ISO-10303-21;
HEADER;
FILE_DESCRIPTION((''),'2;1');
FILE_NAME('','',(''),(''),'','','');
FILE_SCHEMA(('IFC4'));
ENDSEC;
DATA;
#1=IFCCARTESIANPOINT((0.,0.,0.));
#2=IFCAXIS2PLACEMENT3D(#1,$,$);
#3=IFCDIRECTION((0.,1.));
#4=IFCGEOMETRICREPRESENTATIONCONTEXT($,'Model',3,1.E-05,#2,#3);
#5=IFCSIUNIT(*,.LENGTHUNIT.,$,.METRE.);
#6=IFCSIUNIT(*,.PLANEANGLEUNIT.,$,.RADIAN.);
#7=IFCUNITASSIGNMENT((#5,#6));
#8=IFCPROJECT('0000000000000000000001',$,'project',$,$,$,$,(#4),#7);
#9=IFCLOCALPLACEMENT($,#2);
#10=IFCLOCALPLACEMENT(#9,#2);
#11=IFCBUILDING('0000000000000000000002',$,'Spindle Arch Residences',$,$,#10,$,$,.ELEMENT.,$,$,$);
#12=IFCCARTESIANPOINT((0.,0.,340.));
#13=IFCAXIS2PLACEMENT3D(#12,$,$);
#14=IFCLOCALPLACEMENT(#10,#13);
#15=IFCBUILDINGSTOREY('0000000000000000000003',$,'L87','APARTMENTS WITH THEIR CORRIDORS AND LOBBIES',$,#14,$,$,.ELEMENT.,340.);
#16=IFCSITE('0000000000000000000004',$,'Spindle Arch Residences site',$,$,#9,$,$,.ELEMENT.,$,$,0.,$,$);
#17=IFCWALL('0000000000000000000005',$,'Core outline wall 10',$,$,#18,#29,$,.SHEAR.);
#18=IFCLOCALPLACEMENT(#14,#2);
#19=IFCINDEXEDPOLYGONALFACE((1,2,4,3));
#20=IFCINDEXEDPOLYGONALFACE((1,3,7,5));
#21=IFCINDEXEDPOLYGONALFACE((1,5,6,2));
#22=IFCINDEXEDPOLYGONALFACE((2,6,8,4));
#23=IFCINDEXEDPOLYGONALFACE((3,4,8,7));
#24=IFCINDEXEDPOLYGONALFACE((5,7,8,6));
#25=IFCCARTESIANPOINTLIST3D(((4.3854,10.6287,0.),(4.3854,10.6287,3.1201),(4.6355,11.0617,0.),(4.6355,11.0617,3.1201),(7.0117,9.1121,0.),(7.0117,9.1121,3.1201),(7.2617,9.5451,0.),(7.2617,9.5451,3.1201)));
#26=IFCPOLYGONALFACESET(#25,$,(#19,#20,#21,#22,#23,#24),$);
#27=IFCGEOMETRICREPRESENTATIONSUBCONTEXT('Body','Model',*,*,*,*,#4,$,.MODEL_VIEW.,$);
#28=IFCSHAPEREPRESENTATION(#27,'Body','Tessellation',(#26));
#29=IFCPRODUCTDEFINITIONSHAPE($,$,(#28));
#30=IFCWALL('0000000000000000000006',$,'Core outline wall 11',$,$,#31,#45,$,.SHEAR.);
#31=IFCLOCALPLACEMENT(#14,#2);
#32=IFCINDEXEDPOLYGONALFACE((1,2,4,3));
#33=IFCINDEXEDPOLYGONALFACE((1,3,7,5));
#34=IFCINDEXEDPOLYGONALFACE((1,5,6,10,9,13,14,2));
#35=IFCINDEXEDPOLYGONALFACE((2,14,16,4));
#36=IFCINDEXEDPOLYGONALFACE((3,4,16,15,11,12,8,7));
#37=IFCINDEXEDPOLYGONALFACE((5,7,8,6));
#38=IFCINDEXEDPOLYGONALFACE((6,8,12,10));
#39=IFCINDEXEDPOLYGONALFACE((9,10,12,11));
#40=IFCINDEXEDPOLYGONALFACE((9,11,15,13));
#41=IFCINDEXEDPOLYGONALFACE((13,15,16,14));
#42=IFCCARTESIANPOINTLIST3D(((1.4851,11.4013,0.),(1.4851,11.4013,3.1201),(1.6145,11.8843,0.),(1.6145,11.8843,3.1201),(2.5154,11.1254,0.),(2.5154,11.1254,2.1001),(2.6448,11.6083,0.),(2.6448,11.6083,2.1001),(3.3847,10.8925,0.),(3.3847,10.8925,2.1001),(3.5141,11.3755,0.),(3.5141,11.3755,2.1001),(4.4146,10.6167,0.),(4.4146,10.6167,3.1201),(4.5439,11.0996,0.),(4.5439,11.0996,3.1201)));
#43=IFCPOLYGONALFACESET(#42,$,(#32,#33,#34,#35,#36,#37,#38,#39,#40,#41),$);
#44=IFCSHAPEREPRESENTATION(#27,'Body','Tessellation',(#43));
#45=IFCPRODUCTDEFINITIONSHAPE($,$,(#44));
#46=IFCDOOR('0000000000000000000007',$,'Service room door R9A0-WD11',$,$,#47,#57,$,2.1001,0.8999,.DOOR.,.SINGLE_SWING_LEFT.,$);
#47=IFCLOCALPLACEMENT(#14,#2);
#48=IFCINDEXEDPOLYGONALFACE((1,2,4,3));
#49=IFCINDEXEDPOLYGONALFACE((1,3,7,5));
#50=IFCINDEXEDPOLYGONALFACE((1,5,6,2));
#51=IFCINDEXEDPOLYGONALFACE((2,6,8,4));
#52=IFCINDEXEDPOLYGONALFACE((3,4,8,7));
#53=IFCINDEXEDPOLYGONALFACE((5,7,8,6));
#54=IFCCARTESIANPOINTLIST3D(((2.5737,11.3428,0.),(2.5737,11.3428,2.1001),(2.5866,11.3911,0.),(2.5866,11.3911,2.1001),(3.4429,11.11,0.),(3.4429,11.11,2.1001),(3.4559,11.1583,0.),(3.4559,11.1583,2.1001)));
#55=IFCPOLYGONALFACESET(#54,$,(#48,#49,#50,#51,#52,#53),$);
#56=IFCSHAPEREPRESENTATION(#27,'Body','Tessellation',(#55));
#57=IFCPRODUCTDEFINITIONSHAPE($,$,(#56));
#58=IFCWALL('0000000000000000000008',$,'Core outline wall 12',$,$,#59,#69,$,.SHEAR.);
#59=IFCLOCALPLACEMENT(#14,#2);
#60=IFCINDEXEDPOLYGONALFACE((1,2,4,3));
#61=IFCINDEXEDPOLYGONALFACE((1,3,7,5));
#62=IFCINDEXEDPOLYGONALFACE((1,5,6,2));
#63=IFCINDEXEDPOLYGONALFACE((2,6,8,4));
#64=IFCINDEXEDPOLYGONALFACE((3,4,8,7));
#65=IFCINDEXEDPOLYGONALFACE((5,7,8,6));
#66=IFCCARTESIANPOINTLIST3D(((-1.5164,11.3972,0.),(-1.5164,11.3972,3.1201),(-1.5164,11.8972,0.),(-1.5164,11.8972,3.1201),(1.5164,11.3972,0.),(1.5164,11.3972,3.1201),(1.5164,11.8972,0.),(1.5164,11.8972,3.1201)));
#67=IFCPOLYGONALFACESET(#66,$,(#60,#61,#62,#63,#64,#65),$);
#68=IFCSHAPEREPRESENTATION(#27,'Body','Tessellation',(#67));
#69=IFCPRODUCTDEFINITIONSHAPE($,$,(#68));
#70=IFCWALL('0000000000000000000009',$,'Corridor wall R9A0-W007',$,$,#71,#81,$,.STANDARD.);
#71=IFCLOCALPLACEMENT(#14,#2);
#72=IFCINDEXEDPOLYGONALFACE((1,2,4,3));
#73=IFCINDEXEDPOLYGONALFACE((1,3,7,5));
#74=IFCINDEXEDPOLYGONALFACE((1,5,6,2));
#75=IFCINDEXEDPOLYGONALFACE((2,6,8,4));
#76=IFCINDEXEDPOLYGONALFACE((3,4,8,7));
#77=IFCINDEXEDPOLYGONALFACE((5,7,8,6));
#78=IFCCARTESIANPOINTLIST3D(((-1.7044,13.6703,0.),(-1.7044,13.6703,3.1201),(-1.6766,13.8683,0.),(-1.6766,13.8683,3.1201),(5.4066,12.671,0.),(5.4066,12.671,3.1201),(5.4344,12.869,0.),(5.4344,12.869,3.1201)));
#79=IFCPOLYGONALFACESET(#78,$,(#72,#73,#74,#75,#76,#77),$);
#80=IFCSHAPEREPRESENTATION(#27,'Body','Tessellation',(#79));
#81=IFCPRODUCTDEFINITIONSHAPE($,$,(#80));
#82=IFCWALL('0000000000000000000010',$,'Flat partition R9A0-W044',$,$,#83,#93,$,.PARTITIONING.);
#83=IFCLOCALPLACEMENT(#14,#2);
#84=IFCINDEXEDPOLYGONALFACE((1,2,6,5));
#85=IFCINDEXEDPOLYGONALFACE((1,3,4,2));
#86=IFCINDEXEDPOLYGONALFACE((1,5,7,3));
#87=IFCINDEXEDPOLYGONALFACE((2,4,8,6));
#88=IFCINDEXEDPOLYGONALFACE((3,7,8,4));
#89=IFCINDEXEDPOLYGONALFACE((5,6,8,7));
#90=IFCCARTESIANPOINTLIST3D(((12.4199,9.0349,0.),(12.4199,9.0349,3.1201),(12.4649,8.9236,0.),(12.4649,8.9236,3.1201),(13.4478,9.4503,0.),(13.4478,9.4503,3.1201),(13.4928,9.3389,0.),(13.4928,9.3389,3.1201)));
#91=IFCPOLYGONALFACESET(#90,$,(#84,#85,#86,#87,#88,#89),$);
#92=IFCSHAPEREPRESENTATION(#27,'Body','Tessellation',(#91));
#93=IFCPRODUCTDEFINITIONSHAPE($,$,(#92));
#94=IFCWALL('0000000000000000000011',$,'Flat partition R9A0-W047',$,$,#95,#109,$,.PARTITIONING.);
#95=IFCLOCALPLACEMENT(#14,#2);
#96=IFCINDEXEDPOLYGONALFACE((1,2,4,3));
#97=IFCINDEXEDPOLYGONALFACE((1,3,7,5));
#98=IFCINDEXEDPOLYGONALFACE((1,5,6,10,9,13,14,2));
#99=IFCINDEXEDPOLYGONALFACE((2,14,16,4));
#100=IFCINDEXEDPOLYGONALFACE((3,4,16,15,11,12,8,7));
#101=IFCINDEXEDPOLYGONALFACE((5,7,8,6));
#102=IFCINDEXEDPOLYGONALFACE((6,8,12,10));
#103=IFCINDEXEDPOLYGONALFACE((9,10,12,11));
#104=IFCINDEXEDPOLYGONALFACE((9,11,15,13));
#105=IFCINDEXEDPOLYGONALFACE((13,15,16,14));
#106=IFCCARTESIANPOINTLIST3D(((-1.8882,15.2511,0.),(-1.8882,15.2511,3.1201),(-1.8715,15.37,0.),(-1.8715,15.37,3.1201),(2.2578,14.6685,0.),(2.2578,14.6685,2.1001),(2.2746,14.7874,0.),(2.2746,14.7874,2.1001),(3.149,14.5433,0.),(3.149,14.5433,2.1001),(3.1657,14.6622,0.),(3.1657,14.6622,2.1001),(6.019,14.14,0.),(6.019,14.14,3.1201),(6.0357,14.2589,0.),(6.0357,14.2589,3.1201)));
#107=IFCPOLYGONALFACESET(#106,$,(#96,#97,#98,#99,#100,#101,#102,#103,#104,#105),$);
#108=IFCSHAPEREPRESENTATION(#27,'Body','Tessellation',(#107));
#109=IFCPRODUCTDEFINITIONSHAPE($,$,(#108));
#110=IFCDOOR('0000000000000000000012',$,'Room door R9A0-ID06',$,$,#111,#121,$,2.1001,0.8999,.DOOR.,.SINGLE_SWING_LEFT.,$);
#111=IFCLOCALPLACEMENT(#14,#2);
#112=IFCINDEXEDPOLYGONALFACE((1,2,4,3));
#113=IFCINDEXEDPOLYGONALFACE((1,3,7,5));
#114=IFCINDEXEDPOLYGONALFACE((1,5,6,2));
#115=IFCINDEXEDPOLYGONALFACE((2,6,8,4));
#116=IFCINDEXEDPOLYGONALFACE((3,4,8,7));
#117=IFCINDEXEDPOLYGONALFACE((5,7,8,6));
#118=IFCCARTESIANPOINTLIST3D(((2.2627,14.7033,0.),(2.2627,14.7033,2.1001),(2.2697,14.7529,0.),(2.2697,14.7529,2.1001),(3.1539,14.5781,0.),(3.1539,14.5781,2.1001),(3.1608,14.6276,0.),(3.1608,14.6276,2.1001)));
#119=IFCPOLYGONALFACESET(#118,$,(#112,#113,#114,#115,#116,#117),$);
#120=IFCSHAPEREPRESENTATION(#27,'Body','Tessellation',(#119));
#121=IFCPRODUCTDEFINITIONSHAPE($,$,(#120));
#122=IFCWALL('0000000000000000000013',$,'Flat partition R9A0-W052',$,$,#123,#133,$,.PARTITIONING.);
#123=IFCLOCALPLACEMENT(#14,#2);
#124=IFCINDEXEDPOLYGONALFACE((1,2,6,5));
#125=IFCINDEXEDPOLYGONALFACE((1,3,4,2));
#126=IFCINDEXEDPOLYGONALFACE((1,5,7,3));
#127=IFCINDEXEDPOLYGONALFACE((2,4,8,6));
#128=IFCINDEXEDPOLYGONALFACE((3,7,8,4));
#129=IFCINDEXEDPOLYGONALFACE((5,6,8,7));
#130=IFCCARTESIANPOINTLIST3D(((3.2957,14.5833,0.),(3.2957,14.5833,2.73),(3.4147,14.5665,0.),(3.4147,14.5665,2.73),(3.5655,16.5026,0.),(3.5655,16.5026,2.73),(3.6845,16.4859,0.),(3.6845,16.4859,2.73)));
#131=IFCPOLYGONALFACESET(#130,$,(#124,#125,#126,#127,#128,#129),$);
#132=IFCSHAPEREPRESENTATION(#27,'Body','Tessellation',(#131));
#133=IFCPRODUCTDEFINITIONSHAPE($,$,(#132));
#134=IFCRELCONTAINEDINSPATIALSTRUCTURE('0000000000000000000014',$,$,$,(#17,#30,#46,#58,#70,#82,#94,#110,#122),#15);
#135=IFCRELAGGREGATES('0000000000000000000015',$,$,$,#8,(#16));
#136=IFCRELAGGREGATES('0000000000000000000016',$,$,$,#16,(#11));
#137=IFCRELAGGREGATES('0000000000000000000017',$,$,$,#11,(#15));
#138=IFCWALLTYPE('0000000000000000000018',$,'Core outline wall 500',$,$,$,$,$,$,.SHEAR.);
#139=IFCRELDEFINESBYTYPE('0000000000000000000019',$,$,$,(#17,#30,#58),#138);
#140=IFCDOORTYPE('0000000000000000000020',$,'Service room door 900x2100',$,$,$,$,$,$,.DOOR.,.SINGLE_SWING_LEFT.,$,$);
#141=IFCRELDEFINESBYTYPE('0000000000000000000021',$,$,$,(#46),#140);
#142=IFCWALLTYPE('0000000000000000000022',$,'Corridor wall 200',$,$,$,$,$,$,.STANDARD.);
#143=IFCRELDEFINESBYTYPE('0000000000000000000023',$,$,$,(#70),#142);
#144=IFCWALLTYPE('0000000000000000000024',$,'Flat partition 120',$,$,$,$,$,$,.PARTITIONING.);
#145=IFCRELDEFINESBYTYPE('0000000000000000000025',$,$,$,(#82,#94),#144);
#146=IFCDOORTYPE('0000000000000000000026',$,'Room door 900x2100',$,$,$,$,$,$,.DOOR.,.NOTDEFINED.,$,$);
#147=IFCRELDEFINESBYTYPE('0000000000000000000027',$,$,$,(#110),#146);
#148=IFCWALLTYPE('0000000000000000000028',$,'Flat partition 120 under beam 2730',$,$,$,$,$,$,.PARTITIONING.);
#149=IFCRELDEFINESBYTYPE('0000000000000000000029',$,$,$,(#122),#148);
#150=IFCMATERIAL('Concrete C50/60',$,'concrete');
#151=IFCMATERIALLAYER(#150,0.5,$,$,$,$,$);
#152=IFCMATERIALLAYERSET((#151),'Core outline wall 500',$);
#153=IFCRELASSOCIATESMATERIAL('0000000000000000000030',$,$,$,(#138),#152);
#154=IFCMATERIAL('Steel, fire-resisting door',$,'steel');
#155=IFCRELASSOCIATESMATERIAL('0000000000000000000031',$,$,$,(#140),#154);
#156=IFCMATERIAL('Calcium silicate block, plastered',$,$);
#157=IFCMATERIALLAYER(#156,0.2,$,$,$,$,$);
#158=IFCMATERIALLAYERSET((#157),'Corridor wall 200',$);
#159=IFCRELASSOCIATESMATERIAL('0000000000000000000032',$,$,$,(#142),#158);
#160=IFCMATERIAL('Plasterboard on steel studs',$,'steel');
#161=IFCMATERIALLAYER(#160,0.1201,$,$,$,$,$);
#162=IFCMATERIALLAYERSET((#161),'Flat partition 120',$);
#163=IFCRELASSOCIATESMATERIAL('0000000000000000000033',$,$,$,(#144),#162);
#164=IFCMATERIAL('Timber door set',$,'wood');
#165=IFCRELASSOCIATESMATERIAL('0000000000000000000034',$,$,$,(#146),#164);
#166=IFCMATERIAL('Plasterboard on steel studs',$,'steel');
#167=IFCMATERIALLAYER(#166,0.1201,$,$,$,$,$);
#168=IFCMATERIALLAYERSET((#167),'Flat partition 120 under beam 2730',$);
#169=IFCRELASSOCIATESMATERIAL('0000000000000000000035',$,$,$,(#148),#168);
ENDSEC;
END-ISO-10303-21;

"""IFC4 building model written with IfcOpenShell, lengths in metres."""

from ifc_helpers import new_model, si_unit, direction, frame, frame_2d, origin, place, context, subcontext, project, spatial, rectangle, extrude, material, layer, layer_set, type_object, element, fill, save


model = new_model("IFC4")

# Units and contexts
model_context = context("Model", 3, precision=1e-05, world=origin(), true_north=direction((0.0, 1.0)))
body_context = subcontext(model_context, "Body", "Model", "MODEL_VIEW")
ifc_project = project(units=[si_unit("LENGTHUNIT", "METRE"), si_unit("PLANEANGLEUNIT", "RADIAN")], contexts=[model_context])

# Site, building, storey
site_placement = place(None, origin())
site = spatial("IfcSite", under=ifc_project, at=site_placement, Name="Spindle Arch Residences site", CompositionType="ELEMENT", RefElevation=0.0)
building_placement = place(site_placement, origin())
building = spatial("IfcBuilding", under=site, at=building_placement, Name="Spindle Arch Residences", CompositionType="ELEMENT")
storey_placement = place(building_placement, frame((0.0, 0.0, 340.0)))
storey = spatial("IfcBuildingStorey", under=building, at=storey_placement, Name="L87", Description="APARTMENTS WITH THEIR CORRIDORS AND LOBBIES", CompositionType="ELEMENT", Elevation=340.0)

# Wall
ifc_material_1 = material(Name="Concrete C50/60", Category="concrete")
ifc_layer_1 = layer(ifc_material_1, 0.5)
ifc_layer_set_1 = layer_set([ifc_layer_1], Name="Core outline wall 500")
wall_type_1 = type_object("IfcWallType", Name="Core outline wall 500", PredefinedType="SHEAR", material=ifc_layer_set_1)
wall_1_placement = place(storey_placement, frame((7.1367, 9.3286, 0.0), z_axis=(0.0, 0.0, 1.0), x_axis=(-0.865975, 0.500087, 0.0)))
element("IfcWall", 1, at=wall_1_placement, inside=storey, type_object=wall_type_1, Name="Core outline wall 10", PredefinedType="SHEAR", context=body_context, shape_type="SweptSolid", body=[
    extrude(rectangle(XDim=3.0327, YDim=0.5, at=frame_2d((1.5164, 0.0))), origin(), (0.0, 0.0, 1.0), 3.1201),
])

# Wall, opening, door
wall_2_placement = place(storey_placement, frame((4.4792, 10.8582, 0.0), z_axis=(0.0, 0.0, 1.0), x_axis=(-0.965948, 0.258735, 0.0)))
wall_2 = element("IfcWall", 2, at=wall_2_placement, inside=storey, type_object=wall_type_1, Name="Core outline wall 11", PredefinedType="SHEAR", context=body_context, shape_type="SweptSolid", body=[
    extrude(rectangle(XDim=3.0327, YDim=0.5, at=frame_2d((1.5164, 0.0))), origin(), (0.0, 0.0, 1.0), 3.1201),
])
opening_1_placement = place(wall_2_placement, frame((1.0662, 0.0, 0.0)))
opening_1 = element("IfcOpeningElement", 3, at=opening_1_placement, cuts=wall_2, PredefinedType="OPENING", context=body_context, shape_type="SweptSolid", body=[
    extrude(rectangle(XDim=0.8999, YDim=2.1001, at=frame_2d((0.45, 1.05))), frame((0.0, 0.26, 0.0), z_axis=(0.0, -1.0, 0.0), x_axis=(1.0, 0.0, 0.0)), (0.0, 0.0, 1.0), 0.52),
])
ifc_material_2 = material(Name="Steel, fire-resisting door", Category="steel")
door_type_1 = type_object("IfcDoorType", Name="Service room door 900x2100", OperationType="SINGLE_SWING_LEFT", PredefinedType="DOOR", material=ifc_material_2)
door_1_placement = place(opening_1_placement, origin())
door_1 = element("IfcDoor", 4, at=door_1_placement, inside=storey, type_object=door_type_1, Name="Service room door R9A0-WD11", OperationType="SINGLE_SWING_LEFT", OverallHeight=2.1001, OverallWidth=0.8999, PredefinedType="DOOR", context=body_context, shape_type="SweptSolid", body=[
    extrude(rectangle(XDim=0.8999, YDim=2.1001, at=frame_2d((0.45, 1.05))), frame((0.0, 0.0249, 0.0), z_axis=(0.0, -1.0, 0.0), x_axis=(1.0, 0.0, 0.0)), (0.0, 0.0, 1.0), 0.05),
])
fill(opening_1, door_1)

# Walls
wall_3_placement = place(storey_placement, frame((1.5164, 11.6472, 0.0), z_axis=(0.0, 0.0, 1.0), x_axis=(-1.0, 0.0, 0.0)))
element("IfcWall", 5, at=wall_3_placement, inside=storey, type_object=wall_type_1, Name="Core outline wall 12", PredefinedType="SHEAR", context=body_context, shape_type="SweptSolid", body=[
    extrude(rectangle(XDim=3.0327, YDim=0.5, at=frame_2d((1.5164, 0.0))), origin(), (0.0, 0.0, 1.0), 3.1201),
])
ifc_material_3 = material(Name="Calcium silicate block, plastered")
ifc_layer_2 = layer(ifc_material_3, 0.2)
ifc_layer_set_2 = layer_set([ifc_layer_2], Name="Corridor wall 200")
wall_type_2 = type_object("IfcWallType", Name="Corridor wall 200", PredefinedType="STANDARD", material=ifc_layer_set_2)
wall_4_placement = place(storey_placement, frame((5.4204, 12.77, 0.0), z_axis=(0.0, 0.0, 1.0), x_axis=(-0.990271, 0.139155, 0.0)))
element("IfcWall", 6, at=wall_4_placement, inside=storey, type_object=wall_type_2, Name="Corridor wall R9A0-W007", PredefinedType="STANDARD", context=body_context, shape_type="SweptSolid", body=[
    extrude(rectangle(XDim=7.1809, YDim=0.2, at=frame_2d((3.5903, 0.0))), origin(), (0.0, 0.0, 1.0), 3.1201),
])
ifc_material_4 = material(Name="Plasterboard on steel studs", Category="steel")
ifc_layer_3 = layer(ifc_material_4, 0.1201)
ifc_layer_set_3 = layer_set([ifc_layer_3], Name="Flat partition 120")
wall_type_3 = type_object("IfcWallType", Name="Flat partition 120", PredefinedType="PARTITIONING", material=ifc_layer_set_3)
wall_5_placement = place(storey_placement, frame((13.4702, 9.3945, 0.0), z_axis=(0.0, 0.0, 1.0), x_axis=(-0.92718, -0.374616, 0.0)))
element("IfcWall", 7, at=wall_5_placement, inside=storey, type_object=wall_type_3, Name="Flat partition R9A0-W044", PredefinedType="PARTITIONING", context=body_context, shape_type="SweptSolid", body=[
    extrude(rectangle(XDim=1.1086, YDim=0.1201, at=frame_2d((0.5542, 0.0))), origin(), (0.0, 0.0, 1.0), 3.1201),
])

# Wall, opening, door
wall_6_placement = place(storey_placement, frame((6.0273, 14.1995, 0.0), z_axis=(0.0, 0.0, 1.0), x_axis=(-0.990272, 0.139148, 0.0)))
wall_6 = element("IfcWall", 8, at=wall_6_placement, inside=storey, type_object=wall_type_3, Name="Flat partition R9A0-W047", PredefinedType="PARTITIONING", context=body_context, shape_type="SweptSolid", body=[
    extrude(rectangle(XDim=7.9849, YDim=0.1201, at=frame_2d((3.9924, 0.0))), origin(), (0.0, 0.0, 1.0), 3.1201),
])
opening_2_placement = place(wall_6_placement, frame((2.8982, 0.0, 0.0)))
opening_2 = element("IfcOpeningElement", 9, at=opening_2_placement, cuts=wall_6, PredefinedType="OPENING", context=body_context, shape_type="SweptSolid", body=[
    extrude(rectangle(XDim=0.8999, YDim=2.1001, at=frame_2d((0.45, 1.05))), frame((0.0, 0.0701, 0.0), z_axis=(0.0, -1.0, 0.0), x_axis=(1.0, 0.0, 0.0)), (0.0, 0.0, 1.0), 0.1401),
])
ifc_material_5 = material(Name="Timber door set", Category="wood")
door_type_2 = type_object("IfcDoorType", Name="Room door 900x2100", OperationType="NOTDEFINED", PredefinedType="DOOR", material=ifc_material_5)
door_2_placement = place(opening_2_placement, origin())
door_2 = element("IfcDoor", 10, at=door_2_placement, inside=storey, type_object=door_type_2, Name="Room door R9A0-ID06", OperationType="SINGLE_SWING_LEFT", OverallHeight=2.1001, OverallWidth=0.8999, PredefinedType="DOOR", context=body_context, shape_type="SweptSolid", body=[
    extrude(rectangle(XDim=0.8999, YDim=2.1001, at=frame_2d((0.45, 1.05))), frame((0.0, 0.0249, 0.0), z_axis=(0.0, -1.0, 0.0), x_axis=(1.0, 0.0, 0.0)), (0.0, 0.0, 1.0), 0.05),
])
fill(opening_2, door_2)

# Wall
ifc_material_6 = material(Name="Plasterboard on steel studs", Category="steel")
ifc_layer_4 = layer(ifc_material_6, 0.1201)
ifc_layer_set_4 = layer_set([ifc_layer_4], Name="Flat partition 120 under beam 2730")
wall_type_4 = type_object("IfcWallType", Name="Flat partition 120 under beam 2730", PredefinedType="PARTITIONING", material=ifc_layer_set_4)
wall_7_placement = place(storey_placement, frame((3.625, 16.4944, 0.0), z_axis=(0.0, 0.0, 1.0), x_axis=(-0.139181, -0.990267, 0.0)))
element("IfcWall", 11, at=wall_7_placement, inside=storey, type_object=wall_type_4, Name="Flat partition R9A0-W052", PredefinedType="PARTITIONING", context=body_context, shape_type="SweptSolid", body=[
    extrude(rectangle(XDim=1.9382, YDim=0.1201, at=frame_2d((0.9692, 0.0))), origin(), (0.0, 0.0, 1.0), 2.73),
])

save(model, "model.ifc")
